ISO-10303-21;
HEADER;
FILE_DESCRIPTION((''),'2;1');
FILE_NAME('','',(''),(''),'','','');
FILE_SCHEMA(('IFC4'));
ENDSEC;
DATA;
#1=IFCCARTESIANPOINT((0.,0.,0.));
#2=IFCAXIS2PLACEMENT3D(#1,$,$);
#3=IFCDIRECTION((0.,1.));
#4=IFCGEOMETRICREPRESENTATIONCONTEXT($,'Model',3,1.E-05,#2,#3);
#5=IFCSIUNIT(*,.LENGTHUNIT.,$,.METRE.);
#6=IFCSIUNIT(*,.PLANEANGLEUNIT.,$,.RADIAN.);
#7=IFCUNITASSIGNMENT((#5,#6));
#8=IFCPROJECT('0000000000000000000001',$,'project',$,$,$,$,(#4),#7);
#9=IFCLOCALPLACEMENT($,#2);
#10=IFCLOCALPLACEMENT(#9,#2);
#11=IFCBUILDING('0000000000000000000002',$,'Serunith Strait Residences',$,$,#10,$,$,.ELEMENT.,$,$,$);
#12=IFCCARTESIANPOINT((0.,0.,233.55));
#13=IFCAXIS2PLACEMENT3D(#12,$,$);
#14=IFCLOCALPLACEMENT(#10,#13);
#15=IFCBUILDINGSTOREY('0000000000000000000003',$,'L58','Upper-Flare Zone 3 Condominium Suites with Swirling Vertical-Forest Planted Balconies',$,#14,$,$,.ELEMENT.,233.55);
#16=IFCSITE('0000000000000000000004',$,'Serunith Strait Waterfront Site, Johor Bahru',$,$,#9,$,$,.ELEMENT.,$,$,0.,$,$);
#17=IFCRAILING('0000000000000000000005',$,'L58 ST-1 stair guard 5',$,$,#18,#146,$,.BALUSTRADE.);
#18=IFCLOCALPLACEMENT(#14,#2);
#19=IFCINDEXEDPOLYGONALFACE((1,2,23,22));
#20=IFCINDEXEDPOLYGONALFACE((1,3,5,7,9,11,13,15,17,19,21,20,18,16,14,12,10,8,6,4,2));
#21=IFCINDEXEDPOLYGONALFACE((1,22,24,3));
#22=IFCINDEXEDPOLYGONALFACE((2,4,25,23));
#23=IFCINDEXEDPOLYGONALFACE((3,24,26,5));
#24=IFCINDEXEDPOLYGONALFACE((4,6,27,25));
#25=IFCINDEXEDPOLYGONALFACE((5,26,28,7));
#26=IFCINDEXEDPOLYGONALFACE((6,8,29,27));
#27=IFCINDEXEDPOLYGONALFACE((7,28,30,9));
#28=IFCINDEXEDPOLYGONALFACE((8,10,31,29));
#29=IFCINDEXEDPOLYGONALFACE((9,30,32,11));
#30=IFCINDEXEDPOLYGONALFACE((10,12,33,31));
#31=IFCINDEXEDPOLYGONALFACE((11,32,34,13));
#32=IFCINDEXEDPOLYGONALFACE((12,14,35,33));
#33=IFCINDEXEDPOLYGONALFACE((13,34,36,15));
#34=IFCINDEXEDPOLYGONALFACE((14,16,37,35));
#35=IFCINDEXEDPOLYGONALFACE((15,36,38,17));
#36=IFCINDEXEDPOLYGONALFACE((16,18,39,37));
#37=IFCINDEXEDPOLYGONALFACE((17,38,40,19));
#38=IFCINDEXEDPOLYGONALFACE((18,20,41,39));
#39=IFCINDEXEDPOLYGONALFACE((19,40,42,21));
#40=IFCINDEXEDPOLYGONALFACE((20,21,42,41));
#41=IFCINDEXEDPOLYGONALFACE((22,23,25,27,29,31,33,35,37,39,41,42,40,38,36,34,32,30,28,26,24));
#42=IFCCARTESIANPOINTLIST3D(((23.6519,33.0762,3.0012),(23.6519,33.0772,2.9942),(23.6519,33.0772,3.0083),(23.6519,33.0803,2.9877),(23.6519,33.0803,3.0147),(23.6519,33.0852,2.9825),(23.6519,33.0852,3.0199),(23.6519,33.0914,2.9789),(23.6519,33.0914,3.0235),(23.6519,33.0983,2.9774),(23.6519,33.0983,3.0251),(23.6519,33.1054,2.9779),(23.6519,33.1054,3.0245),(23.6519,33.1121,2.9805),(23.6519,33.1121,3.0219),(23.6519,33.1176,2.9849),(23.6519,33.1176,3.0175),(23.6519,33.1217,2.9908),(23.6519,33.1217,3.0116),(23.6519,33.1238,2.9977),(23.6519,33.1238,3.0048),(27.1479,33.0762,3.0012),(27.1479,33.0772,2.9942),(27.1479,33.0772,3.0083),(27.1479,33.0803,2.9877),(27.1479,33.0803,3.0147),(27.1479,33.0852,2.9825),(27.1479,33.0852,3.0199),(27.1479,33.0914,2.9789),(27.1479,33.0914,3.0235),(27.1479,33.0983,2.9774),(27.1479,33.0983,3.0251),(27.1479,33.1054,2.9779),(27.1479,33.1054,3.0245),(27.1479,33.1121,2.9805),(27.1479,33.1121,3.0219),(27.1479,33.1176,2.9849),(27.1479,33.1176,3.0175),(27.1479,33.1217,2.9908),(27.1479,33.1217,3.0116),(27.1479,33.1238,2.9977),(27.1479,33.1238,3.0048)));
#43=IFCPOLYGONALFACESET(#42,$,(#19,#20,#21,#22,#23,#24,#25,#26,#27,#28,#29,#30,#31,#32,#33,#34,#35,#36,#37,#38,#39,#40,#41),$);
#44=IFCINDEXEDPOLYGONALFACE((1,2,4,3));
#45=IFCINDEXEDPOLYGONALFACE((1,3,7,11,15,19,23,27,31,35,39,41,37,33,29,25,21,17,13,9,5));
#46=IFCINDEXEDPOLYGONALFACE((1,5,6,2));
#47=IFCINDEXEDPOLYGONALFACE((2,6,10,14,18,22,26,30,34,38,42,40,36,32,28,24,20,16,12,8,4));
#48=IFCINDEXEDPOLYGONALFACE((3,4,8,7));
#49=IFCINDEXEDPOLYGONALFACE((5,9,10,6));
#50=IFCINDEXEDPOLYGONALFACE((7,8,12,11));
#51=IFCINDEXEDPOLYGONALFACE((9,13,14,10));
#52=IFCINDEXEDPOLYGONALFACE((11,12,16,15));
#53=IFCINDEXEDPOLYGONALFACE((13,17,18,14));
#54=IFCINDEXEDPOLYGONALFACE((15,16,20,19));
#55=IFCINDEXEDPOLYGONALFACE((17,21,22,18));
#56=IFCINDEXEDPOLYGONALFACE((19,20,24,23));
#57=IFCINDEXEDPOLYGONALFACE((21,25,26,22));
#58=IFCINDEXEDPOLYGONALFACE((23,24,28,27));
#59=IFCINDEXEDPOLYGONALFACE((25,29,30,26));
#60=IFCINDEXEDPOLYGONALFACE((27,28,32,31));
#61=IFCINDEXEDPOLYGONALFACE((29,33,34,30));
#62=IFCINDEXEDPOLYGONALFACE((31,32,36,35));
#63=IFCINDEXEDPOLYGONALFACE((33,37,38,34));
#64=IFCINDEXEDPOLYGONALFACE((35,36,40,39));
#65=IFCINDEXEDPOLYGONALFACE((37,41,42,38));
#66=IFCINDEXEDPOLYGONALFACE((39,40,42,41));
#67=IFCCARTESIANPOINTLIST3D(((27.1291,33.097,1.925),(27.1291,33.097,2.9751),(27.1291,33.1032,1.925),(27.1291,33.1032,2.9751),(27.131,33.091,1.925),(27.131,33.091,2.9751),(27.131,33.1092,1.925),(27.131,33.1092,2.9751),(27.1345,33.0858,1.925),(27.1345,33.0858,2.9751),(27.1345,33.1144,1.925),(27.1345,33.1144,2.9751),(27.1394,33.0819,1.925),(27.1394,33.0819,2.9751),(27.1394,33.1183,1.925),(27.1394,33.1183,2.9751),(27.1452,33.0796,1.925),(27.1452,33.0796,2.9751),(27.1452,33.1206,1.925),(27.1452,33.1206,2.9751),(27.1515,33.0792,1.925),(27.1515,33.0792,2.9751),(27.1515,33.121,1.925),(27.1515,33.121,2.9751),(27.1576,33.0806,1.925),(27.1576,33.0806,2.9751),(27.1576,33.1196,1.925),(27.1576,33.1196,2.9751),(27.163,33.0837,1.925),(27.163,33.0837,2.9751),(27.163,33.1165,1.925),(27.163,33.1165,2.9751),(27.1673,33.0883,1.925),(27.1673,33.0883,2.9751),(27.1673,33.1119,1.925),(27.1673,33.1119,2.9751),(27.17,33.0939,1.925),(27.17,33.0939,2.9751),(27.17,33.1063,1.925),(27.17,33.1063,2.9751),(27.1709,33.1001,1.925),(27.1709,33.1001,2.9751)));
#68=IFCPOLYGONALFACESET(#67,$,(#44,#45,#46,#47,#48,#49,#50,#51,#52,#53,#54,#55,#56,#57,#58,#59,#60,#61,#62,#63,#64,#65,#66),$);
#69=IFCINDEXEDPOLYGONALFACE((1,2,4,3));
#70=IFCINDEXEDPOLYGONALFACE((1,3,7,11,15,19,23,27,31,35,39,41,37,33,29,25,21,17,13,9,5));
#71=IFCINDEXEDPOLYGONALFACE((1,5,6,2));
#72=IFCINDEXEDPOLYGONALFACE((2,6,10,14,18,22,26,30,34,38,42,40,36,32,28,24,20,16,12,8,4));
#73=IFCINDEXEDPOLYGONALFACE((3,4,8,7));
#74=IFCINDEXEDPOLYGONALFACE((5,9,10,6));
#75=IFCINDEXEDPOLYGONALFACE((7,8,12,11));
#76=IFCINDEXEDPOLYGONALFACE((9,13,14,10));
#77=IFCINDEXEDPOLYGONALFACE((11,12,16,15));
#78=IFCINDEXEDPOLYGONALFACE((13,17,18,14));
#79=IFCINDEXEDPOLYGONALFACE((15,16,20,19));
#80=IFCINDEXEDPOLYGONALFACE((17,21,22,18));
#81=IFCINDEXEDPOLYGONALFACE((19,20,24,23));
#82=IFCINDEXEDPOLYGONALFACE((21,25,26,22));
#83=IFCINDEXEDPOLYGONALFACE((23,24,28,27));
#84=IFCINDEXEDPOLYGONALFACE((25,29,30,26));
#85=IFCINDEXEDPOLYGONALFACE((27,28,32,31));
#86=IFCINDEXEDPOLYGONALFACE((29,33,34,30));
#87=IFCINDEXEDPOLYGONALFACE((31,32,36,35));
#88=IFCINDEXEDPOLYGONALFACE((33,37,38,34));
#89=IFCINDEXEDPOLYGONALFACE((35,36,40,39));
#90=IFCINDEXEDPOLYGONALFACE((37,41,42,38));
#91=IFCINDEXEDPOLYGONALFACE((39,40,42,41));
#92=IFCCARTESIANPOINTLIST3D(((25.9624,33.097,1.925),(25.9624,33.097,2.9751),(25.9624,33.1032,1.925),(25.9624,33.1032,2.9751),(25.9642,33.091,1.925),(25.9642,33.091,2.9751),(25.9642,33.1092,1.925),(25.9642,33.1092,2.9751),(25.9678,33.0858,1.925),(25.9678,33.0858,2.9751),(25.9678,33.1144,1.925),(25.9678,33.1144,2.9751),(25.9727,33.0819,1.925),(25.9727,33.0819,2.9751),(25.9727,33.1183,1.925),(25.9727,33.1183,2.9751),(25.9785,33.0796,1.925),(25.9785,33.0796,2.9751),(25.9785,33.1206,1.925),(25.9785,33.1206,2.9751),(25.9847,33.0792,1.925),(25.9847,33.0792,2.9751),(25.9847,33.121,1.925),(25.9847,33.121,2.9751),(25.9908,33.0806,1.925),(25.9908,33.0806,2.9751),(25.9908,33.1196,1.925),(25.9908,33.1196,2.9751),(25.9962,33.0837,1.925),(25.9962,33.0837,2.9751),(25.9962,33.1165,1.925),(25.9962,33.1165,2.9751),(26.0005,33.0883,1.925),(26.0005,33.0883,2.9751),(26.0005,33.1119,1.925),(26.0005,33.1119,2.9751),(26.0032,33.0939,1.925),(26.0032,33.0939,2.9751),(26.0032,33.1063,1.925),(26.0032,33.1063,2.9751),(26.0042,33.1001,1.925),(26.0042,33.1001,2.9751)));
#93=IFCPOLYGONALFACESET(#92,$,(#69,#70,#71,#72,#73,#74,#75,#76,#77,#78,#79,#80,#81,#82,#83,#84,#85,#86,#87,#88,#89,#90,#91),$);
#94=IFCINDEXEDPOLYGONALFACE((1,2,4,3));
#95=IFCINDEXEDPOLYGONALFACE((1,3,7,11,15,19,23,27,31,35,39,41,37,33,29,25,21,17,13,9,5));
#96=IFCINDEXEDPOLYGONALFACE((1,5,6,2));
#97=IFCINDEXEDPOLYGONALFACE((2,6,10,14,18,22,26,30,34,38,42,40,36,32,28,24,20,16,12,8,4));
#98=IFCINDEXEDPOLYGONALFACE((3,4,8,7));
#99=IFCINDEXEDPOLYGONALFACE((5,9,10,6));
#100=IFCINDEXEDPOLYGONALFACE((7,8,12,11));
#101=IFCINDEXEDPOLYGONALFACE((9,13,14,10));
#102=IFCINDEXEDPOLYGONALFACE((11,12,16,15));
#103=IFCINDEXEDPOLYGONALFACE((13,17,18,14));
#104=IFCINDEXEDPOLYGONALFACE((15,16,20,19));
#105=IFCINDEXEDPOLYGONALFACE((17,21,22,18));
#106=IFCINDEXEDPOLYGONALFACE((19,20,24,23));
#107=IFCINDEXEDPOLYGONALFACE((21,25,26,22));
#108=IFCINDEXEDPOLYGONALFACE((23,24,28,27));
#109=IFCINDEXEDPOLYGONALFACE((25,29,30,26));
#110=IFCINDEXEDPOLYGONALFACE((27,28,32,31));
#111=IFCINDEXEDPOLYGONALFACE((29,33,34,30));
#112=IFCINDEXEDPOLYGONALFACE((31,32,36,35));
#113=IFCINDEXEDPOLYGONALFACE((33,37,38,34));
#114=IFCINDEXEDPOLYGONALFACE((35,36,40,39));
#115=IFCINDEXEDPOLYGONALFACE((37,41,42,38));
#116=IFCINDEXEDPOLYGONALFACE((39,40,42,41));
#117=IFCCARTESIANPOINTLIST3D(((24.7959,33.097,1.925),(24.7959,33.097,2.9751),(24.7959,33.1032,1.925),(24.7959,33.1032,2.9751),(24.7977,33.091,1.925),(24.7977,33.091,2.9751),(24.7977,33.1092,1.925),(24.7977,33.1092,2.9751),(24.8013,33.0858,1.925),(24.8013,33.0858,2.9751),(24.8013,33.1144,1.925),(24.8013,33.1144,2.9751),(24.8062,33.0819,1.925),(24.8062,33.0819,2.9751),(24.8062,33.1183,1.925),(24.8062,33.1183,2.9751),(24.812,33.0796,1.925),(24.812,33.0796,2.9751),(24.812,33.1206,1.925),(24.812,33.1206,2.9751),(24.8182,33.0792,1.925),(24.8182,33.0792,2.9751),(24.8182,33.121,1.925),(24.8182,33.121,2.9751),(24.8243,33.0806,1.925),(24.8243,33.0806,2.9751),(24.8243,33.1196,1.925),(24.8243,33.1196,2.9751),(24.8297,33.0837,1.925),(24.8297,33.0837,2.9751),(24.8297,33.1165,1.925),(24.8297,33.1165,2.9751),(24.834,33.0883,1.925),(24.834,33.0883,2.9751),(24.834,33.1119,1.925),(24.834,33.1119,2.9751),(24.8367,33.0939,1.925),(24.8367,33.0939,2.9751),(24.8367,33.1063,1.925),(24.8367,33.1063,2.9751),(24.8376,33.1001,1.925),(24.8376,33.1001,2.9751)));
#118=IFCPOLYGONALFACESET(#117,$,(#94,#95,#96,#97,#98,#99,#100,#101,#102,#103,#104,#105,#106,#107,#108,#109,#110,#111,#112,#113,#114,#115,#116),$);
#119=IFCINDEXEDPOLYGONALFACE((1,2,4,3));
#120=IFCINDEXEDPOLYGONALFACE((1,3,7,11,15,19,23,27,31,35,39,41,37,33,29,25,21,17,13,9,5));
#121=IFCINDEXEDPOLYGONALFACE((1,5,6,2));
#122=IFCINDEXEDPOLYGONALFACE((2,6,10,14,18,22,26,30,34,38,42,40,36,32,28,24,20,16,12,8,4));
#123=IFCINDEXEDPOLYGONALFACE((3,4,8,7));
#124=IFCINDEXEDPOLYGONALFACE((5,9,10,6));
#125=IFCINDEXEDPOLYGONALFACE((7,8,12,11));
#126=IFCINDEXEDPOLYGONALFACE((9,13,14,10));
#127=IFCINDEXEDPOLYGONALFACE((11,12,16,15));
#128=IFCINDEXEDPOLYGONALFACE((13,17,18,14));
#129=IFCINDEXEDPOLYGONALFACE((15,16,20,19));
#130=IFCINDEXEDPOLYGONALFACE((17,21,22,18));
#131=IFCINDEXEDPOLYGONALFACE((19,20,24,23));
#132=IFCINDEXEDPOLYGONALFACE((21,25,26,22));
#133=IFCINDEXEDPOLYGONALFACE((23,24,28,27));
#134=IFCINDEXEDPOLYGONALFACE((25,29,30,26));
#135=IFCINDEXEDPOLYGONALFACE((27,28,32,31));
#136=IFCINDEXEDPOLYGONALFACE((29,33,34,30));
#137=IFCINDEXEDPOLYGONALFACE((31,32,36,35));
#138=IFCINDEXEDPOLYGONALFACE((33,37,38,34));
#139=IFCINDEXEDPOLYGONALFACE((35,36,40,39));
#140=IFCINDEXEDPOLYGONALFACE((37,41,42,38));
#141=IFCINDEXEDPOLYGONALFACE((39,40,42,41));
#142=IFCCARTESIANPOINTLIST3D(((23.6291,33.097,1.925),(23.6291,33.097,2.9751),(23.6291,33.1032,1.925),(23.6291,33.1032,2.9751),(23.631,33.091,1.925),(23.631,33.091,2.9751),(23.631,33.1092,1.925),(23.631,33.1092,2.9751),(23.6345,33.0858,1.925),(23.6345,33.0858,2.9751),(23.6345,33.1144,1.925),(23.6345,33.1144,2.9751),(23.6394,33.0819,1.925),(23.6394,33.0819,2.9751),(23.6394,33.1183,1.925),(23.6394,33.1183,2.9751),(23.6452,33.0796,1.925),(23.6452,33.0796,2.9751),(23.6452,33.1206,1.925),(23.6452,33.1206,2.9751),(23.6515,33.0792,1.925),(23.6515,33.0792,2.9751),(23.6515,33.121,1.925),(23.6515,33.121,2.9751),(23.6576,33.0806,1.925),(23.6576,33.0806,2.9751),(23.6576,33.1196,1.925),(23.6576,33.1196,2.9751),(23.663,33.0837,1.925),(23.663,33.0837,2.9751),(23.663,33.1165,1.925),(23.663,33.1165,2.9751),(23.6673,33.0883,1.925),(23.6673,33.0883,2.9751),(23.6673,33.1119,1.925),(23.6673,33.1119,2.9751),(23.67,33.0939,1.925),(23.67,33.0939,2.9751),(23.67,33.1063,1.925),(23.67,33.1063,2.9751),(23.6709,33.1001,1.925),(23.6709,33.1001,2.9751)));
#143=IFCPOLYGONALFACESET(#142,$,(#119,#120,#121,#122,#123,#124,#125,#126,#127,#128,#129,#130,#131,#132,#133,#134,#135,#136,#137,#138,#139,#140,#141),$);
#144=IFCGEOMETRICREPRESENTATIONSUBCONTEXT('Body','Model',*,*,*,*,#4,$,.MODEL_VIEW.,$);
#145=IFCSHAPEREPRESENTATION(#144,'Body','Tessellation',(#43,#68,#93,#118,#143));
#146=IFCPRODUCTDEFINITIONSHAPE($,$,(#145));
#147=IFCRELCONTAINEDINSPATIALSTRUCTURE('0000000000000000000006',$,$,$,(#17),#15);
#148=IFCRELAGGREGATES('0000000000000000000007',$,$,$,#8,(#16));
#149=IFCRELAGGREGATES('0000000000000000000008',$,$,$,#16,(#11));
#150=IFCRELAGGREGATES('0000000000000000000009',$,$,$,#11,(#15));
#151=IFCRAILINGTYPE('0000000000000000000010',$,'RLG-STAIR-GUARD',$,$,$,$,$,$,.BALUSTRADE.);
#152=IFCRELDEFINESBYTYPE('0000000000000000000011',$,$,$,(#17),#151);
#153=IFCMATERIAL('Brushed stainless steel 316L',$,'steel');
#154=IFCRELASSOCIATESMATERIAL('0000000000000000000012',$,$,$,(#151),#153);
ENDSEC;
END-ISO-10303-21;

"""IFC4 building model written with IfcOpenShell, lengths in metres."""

from ifc_helpers import new_model, si_unit, direction, frame, origin, origin_2d, place, context, subcontext, project, spatial, circle, extrude, material, type_object, element, save


model = new_model("IFC4")

# Units and contexts
model_context = context("Model", 3, precision=1e-05, world=origin(), true_north=direction((0.0, 1.0)))
body_context = subcontext(model_context, "Body", "Model", "MODEL_VIEW")
ifc_project = project(units=[si_unit("LENGTHUNIT", "METRE"), si_unit("PLANEANGLEUNIT", "RADIAN")], contexts=[model_context])

# Site, building, storey
site_placement = place(None, origin())
site = spatial("IfcSite", under=ifc_project, at=site_placement, Name="Serunith Strait Waterfront Site, Johor Bahru", CompositionType="ELEMENT", RefElevation=0.0)
building_placement = place(site_placement, origin())
building = spatial("IfcBuilding", under=site, at=building_placement, Name="Serunith Strait Residences", CompositionType="ELEMENT")
storey_placement = place(building_placement, frame((0.0, 0.0, 233.55)))
storey = spatial("IfcBuildingStorey", under=building, at=storey_placement, Name="L58", Description="Upper-Flare Zone 3 Condominium Suites with Swirling Vertical-Forest Planted Balconies", CompositionType="ELEMENT", Elevation=233.55)

# Railing
ifc_material_1 = material(Name="Brushed stainless steel 316L", Category="steel")
railing_type_1 = type_object("IfcRailingType", Name="RLG-STAIR-GUARD", PredefinedType="BALUSTRADE", material=ifc_material_1)
railing_1_placement = place(storey_placement, frame((27.1499, 33.1001, 1.925)))
element("IfcRailing", 1, at=railing_1_placement, inside=storey, type_object=railing_type_1, Name="L58 ST-1 stair guard 5", PredefinedType="BALUSTRADE", context=body_context, shape_type="SweptSolid", body=[
    extrude(circle(Radius=0.0239, at=origin_2d()), frame((-0.002, 0.0, 1.0762), z_axis=(-1.0, 0.0, 0.0), x_axis=(0.0, -1.0, 0.0)), (0.0, 0.0, 1.0), 3.4961),
    extrude(circle(Radius=0.021, at=origin_2d()), origin(), (0.0, 0.0, 1.0), 1.05),
    extrude(circle(Radius=0.021, at=origin_2d()), frame((-1.1667, 0.0, 0.0)), (0.0, 0.0, 1.0), 1.05),
    extrude(circle(Radius=0.021, at=origin_2d()), frame((-2.3333, 0.0, 0.0)), (0.0, 0.0, 1.0), 1.05),
    extrude(circle(Radius=0.021, at=origin_2d()), frame((-3.5, 0.0, 0.0)), (0.0, 0.0, 1.0), 1.05),
])

save(model, "model.ifc")
